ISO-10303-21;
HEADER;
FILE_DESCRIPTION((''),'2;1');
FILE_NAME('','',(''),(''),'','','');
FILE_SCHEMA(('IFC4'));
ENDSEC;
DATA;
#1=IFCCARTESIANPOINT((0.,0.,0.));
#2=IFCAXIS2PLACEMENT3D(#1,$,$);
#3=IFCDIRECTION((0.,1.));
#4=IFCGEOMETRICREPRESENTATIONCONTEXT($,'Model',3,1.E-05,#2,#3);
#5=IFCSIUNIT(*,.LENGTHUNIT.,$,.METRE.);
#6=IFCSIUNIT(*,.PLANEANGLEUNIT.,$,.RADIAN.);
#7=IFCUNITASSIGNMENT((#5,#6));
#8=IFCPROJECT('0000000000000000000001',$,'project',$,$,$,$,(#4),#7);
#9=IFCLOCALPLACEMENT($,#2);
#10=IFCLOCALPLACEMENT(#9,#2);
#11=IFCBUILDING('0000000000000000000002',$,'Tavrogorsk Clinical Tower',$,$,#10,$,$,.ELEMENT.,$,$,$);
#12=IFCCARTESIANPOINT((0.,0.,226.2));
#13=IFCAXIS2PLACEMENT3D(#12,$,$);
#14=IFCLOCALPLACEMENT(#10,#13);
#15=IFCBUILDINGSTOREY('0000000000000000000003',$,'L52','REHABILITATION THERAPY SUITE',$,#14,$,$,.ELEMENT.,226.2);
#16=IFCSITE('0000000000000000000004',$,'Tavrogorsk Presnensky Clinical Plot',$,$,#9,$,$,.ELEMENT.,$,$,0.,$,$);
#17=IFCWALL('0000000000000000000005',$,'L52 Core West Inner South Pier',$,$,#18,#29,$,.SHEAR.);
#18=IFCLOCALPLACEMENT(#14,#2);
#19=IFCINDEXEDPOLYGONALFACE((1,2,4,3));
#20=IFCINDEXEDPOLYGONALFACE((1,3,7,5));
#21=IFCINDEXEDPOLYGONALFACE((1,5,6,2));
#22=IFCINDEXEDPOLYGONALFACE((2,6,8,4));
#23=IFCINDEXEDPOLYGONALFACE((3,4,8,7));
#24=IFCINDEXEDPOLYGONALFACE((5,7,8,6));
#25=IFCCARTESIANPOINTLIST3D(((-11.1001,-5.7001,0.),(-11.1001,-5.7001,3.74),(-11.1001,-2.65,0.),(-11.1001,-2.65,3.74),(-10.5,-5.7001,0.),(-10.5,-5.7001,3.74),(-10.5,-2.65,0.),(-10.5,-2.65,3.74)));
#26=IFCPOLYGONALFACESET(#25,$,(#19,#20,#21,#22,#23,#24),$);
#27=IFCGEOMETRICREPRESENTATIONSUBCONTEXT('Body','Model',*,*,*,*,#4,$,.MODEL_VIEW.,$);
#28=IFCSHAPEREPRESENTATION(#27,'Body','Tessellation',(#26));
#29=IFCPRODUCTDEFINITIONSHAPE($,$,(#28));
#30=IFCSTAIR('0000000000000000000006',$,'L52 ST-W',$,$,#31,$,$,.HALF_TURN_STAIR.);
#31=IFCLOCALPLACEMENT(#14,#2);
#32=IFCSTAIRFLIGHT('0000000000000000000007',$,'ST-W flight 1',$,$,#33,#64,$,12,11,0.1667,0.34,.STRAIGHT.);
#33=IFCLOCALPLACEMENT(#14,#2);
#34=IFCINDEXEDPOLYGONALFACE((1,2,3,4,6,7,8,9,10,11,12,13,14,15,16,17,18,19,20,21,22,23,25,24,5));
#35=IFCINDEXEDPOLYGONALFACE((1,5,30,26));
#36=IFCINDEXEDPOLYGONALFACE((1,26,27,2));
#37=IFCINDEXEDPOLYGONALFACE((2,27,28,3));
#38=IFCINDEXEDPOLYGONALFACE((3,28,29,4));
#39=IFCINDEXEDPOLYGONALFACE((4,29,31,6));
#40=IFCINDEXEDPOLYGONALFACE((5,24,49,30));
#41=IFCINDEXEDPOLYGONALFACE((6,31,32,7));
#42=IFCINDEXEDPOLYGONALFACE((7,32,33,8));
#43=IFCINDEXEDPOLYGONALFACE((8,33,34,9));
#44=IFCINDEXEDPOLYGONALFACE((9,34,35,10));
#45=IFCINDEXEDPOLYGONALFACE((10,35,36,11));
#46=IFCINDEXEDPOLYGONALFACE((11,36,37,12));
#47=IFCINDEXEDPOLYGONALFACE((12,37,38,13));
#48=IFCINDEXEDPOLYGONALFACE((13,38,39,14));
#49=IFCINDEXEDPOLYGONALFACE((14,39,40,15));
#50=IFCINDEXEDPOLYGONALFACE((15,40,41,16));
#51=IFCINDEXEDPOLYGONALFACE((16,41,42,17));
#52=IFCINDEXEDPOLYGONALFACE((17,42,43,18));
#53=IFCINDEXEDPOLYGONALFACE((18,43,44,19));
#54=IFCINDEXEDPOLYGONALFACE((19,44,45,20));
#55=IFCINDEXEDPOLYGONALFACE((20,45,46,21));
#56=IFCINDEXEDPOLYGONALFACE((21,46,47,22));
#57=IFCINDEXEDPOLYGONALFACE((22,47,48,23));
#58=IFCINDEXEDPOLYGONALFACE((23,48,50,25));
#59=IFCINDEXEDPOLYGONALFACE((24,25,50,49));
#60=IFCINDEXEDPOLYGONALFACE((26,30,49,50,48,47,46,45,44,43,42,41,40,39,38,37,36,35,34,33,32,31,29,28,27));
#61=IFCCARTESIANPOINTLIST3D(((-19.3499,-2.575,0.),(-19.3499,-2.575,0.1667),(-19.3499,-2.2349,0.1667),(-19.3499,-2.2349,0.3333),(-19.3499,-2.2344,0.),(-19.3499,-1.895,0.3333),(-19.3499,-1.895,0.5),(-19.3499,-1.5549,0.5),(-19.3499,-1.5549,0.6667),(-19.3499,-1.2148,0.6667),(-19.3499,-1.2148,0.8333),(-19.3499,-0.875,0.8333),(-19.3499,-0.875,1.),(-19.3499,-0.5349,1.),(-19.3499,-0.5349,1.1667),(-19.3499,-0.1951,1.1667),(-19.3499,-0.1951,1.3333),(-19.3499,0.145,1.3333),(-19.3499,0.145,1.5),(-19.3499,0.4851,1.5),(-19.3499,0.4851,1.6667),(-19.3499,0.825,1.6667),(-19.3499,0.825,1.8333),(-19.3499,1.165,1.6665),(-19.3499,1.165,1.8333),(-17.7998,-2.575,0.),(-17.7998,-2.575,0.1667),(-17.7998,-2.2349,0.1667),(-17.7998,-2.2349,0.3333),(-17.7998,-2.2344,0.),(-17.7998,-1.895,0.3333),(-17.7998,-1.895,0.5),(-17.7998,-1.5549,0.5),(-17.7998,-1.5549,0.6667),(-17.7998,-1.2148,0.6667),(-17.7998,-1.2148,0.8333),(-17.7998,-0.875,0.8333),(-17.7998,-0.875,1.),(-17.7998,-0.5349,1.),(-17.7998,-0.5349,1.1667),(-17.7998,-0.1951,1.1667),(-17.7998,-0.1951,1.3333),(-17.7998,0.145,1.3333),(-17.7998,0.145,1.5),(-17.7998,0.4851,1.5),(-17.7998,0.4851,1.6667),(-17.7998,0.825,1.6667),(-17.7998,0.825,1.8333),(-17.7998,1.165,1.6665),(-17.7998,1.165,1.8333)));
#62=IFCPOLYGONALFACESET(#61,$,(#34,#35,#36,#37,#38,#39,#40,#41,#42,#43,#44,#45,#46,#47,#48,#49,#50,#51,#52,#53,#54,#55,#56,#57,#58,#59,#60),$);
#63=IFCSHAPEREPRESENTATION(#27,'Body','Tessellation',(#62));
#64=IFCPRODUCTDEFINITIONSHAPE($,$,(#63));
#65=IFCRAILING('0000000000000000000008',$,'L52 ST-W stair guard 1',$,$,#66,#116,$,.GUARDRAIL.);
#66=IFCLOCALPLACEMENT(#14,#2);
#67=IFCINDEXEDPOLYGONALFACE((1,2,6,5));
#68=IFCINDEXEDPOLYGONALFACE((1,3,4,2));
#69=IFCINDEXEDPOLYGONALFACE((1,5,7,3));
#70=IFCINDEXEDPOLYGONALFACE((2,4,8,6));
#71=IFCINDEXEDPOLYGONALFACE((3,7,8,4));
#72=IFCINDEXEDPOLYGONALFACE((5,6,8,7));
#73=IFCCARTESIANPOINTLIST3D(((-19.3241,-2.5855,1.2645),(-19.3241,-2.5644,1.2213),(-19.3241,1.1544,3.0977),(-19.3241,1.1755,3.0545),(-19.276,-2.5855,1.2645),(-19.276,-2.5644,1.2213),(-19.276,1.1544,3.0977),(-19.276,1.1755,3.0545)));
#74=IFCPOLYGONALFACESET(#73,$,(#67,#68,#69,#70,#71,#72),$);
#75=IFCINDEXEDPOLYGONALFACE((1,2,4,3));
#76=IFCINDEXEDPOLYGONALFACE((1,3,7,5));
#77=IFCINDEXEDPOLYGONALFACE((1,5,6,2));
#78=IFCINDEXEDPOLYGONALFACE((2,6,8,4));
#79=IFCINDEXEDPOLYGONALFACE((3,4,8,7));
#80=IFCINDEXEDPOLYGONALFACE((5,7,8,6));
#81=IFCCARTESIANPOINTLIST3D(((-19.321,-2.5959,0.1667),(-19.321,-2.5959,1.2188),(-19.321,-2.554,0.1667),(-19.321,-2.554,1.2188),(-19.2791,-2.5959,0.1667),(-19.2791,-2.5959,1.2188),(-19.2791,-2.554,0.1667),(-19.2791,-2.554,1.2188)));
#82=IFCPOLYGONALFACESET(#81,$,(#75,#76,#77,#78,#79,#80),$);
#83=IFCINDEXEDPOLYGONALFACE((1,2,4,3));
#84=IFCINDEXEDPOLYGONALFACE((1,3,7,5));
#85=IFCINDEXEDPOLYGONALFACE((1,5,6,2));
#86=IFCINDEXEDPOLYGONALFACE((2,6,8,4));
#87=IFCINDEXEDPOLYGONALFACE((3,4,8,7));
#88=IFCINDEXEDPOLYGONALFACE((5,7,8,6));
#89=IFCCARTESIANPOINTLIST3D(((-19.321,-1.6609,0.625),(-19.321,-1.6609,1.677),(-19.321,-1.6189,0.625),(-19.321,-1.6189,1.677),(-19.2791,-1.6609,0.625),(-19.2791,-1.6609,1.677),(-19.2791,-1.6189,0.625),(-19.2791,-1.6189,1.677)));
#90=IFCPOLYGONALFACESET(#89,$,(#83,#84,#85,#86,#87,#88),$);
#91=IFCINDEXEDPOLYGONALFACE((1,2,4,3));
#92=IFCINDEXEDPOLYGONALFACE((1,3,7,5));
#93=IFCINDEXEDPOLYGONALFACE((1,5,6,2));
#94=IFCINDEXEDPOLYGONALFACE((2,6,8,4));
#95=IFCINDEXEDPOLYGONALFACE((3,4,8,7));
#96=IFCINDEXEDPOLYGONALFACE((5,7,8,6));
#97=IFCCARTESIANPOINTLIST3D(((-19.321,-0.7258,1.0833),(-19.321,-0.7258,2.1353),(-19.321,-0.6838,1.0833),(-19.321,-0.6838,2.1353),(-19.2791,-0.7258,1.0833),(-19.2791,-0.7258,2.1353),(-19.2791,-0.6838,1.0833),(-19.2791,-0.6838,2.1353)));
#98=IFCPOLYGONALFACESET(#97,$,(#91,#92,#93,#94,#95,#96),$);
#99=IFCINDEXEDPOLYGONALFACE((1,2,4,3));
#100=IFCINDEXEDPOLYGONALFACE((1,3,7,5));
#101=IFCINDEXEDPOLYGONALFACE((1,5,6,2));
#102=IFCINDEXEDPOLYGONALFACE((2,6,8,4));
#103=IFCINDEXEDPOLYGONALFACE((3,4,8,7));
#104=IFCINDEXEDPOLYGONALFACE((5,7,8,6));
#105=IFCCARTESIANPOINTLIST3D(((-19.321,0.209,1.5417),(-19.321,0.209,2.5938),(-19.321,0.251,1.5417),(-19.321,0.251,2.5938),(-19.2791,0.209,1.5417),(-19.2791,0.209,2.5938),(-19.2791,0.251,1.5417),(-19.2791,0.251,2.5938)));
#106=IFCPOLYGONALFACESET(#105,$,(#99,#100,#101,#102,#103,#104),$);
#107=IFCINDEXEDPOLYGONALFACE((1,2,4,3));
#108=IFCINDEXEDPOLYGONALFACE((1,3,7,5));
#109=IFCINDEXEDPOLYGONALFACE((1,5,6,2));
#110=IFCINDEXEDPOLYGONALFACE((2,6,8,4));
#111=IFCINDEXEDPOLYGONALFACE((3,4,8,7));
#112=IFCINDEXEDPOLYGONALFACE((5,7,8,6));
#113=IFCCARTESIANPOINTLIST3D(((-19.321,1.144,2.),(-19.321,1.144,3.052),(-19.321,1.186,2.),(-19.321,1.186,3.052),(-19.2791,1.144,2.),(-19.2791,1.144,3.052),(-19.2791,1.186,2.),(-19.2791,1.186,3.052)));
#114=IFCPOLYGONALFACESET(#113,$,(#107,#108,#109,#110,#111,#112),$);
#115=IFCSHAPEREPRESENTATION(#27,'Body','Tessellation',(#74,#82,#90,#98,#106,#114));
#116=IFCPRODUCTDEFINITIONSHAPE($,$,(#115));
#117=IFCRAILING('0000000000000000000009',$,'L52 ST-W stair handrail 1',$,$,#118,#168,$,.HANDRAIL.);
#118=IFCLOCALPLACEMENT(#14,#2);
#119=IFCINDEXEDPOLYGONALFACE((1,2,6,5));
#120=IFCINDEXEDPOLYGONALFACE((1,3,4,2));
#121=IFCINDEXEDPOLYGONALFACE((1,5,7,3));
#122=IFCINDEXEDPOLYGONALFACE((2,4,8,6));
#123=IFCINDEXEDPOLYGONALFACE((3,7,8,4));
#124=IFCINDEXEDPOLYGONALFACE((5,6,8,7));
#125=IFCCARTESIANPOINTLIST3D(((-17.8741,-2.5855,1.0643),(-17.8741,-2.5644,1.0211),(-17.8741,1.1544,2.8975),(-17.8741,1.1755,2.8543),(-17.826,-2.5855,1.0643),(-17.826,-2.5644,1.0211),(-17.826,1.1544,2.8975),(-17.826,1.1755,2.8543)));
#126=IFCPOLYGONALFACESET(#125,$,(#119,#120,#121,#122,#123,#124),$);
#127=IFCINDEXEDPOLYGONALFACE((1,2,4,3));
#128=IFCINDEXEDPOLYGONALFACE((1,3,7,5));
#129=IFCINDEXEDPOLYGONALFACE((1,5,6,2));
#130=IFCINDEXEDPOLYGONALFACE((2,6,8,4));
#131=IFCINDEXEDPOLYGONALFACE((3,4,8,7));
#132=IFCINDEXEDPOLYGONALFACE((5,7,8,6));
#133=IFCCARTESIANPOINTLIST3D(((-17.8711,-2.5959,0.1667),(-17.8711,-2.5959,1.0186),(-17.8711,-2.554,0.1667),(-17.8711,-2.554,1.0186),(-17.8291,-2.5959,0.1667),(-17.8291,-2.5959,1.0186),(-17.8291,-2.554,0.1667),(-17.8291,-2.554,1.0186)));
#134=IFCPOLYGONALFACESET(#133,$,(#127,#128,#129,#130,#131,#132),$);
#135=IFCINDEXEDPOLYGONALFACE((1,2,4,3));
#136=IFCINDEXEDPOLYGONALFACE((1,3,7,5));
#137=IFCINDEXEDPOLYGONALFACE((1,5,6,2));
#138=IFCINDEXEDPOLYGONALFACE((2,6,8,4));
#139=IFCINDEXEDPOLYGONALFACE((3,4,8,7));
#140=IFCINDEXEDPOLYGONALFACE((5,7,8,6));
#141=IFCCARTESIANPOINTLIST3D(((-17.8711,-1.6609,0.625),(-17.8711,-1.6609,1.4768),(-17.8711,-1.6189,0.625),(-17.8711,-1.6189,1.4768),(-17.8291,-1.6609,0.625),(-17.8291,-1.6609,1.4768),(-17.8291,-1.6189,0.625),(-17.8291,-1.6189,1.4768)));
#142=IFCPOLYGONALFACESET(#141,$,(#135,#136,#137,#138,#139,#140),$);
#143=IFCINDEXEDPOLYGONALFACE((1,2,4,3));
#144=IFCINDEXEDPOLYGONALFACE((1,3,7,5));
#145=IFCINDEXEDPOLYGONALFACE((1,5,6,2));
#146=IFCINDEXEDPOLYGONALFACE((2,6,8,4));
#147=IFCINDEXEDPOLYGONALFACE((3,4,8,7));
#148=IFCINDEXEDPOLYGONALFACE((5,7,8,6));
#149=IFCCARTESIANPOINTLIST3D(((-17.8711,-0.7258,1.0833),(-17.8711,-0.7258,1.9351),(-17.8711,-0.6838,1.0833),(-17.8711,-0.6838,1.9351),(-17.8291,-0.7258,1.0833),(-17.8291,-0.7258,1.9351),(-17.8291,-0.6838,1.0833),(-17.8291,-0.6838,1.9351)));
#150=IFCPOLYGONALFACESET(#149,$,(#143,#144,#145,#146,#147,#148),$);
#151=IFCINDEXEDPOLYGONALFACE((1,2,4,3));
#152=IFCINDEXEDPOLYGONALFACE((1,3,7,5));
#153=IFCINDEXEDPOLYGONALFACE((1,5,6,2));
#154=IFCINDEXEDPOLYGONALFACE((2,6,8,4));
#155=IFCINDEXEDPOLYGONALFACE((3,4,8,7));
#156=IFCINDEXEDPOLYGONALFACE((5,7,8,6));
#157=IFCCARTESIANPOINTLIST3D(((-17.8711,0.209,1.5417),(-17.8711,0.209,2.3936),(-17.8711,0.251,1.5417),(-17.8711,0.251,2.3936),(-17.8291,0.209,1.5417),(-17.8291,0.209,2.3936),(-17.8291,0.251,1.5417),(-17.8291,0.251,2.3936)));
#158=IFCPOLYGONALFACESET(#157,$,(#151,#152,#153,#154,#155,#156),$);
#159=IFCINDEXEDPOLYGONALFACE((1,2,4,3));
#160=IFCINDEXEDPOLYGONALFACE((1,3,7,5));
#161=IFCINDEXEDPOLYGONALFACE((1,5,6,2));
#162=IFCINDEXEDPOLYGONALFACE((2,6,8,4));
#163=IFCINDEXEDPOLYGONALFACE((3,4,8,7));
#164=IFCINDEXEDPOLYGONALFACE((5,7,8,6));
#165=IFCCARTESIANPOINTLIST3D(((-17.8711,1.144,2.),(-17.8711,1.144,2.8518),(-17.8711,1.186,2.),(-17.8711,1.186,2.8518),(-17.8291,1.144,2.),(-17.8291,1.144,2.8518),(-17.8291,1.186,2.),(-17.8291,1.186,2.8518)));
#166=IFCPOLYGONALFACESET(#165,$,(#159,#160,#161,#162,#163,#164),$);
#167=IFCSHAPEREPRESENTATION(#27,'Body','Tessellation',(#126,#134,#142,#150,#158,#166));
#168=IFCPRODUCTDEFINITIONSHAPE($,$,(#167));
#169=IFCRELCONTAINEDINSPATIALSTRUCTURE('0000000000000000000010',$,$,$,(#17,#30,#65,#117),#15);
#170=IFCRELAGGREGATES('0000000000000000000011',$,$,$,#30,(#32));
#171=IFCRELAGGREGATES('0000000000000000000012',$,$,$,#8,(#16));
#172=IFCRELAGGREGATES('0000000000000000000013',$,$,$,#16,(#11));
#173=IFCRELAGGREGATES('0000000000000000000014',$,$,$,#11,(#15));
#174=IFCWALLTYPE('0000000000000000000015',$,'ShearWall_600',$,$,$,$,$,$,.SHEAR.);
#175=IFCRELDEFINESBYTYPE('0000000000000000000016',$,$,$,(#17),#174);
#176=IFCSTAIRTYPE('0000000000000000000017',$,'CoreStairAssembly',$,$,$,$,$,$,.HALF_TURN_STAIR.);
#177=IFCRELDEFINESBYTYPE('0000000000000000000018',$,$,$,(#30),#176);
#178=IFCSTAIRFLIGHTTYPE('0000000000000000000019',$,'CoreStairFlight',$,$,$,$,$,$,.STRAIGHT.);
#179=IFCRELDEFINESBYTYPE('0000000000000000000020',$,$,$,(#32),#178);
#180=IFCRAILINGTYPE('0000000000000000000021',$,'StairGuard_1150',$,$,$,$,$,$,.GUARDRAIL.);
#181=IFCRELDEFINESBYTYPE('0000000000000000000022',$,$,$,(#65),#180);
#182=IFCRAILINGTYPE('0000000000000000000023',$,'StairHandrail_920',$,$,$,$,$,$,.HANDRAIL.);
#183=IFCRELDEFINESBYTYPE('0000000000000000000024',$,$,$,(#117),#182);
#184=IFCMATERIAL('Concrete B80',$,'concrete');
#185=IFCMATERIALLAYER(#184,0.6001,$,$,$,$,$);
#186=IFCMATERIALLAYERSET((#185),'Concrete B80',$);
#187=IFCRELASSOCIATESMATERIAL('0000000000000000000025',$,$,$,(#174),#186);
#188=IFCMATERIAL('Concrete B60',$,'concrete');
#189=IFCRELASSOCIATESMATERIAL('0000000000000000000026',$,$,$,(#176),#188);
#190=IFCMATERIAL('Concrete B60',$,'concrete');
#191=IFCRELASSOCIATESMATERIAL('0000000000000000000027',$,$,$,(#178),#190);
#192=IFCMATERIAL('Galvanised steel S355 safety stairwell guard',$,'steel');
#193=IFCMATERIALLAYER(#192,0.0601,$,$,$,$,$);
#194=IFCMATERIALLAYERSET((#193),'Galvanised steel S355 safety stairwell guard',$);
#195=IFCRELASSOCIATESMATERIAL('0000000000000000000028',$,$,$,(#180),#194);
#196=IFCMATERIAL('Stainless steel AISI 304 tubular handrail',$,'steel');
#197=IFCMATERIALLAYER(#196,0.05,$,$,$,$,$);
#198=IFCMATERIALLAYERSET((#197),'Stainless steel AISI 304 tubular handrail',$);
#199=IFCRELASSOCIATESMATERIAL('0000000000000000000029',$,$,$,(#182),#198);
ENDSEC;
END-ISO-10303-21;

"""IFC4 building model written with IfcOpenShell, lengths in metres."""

from ifc_helpers import new_model, si_unit, direction, frame, frame_2d, origin, origin_2d, place, context, subcontext, project, spatial, polyline, rectangle, outline, extrude, material, layer, layer_set, type_object, element, aggregate, save


model = new_model("IFC4")

# Units and contexts
model_context = context("Model", 3, precision=1e-05, world=origin(), true_north=direction((0.0, 1.0)))
body_context = subcontext(model_context, "Body", "Model", "MODEL_VIEW")
ifc_project = project(units=[si_unit("LENGTHUNIT", "METRE"), si_unit("PLANEANGLEUNIT", "RADIAN")], contexts=[model_context])

# Site, building, storey
site_placement = place(None, origin())
site = spatial("IfcSite", under=ifc_project, at=site_placement, Name="Tavrogorsk Presnensky Clinical Plot", CompositionType="ELEMENT", RefElevation=0.0)
building_placement = place(site_placement, origin())
building = spatial("IfcBuilding", under=site, at=building_placement, Name="Tavrogorsk Clinical Tower", CompositionType="ELEMENT")
storey_placement = place(building_placement, frame((0.0, 0.0, 226.2)))
storey = spatial("IfcBuildingStorey", under=building, at=storey_placement, Name="L52", Description="REHABILITATION THERAPY SUITE", CompositionType="ELEMENT", Elevation=226.2)

# Wall
ifc_material_1 = material(Name="Concrete B80", Category="concrete")
ifc_layer_1 = layer(ifc_material_1, 0.6001)
ifc_layer_set_1 = layer_set([ifc_layer_1], Name="Concrete B80")
wall_type_1 = type_object("IfcWallType", Name="ShearWall_600", PredefinedType="SHEAR", material=ifc_layer_set_1)
wall_1_placement = place(storey_placement, frame((-10.8, -5.7, 0.0), z_axis=(0.0, 0.0, 1.0), x_axis=(0.0, 1.0, 0.0)))
element("IfcWall", 1, at=wall_1_placement, inside=storey, type_object=wall_type_1, Name="L52 Core West Inner South Pier", PredefinedType="SHEAR", context=body_context, shape_type="SweptSolid", body=[
    extrude(rectangle(XDim=3.05, YDim=0.6001, at=frame_2d((1.5249, 0.0))), origin(), (0.0, 0.0, 1.0), 3.74),
])

# Stair, stair flight
ifc_material_2 = material(Name="Concrete B60", Category="concrete")
stair_type = type_object("IfcStairType", Name="CoreStairAssembly", PredefinedType="HALF_TURN_STAIR", material=ifc_material_2)
stair_placement = place(storey_placement, origin())
stair = element("IfcStair", 2, at=stair_placement, inside=storey, type_object=stair_type, Name="L52 ST-W", PredefinedType="HALF_TURN_STAIR")
ifc_material_3 = material(Name="Concrete B60", Category="concrete")
stair_flight_type = type_object("IfcStairFlightType", Name="CoreStairFlight", PredefinedType="STRAIGHT", material=ifc_material_3)
stair_flight_placement = place(storey_placement, frame((-18.575, -2.575, 0.0), z_axis=(0.0, 0.0, 1.0), x_axis=(0.0, 1.0, 0.0)))
stair_flight = element("IfcStairFlight", 3, at=stair_flight_placement, type_object=stair_flight_type, Name="ST-W flight 1", NumberOfRisers=12, NumberOfTreads=11, PredefinedType="STRAIGHT", RiserHeight=0.1667, TreadLength=0.34, context=body_context, shape_type="SweptSolid", body=[
    extrude(outline(polyline([(0.0, 0.0), (0.0, 0.1667), (0.3401, 0.1667), (0.3401, 0.3333), (0.6799, 0.3333), (0.6799, 0.5), (1.02, 0.5), (1.02, 0.6667), (1.3601, 0.6667), (1.3601, 0.8333), (1.7, 0.8333), (1.7, 1.0), (2.04, 1.0), (2.04, 1.1667), (2.3799, 1.1667), (2.3799, 1.3333), (2.72, 1.3333), (2.72, 1.5), (3.0601, 1.5), (3.0601, 1.6667), (3.3999, 1.6667), (3.3999, 1.8333), (3.74, 1.8333), (3.74, 2.0), (3.74, 1.6665), (0.3406, 0.0), (0.0, 0.0)])), frame((0.0, 0.7749, 0.0), z_axis=(0.0, -1.0, 0.0), x_axis=(1.0, 0.0, 0.0)), (0.0, 0.0, 1.0), 1.55),
])
aggregate(stair, [stair_flight])

# Railings
ifc_material_4 = material(Name="Galvanised steel S355 safety stairwell guard", Category="steel")
ifc_layer_2 = layer(ifc_material_4, 0.0601)
ifc_layer_set_2 = layer_set([ifc_layer_2], Name="Galvanised steel S355 safety stairwell guard")
railing_type_1 = type_object("IfcRailingType", Name="StairGuard_1150", PredefinedType="GUARDRAIL", material=ifc_layer_set_2)
railing_1_placement = place(storey_placement, frame((-19.3, -2.575, 0.1667)))
element("IfcRailing", 4, at=railing_1_placement, inside=storey, type_object=railing_type_1, Name="L52 ST-W stair guard 1", PredefinedType="GUARDRAIL", context=body_context, shape_type="SweptSolid", body=[
    extrude(rectangle(XDim=0.0481, YDim=0.0481, at=origin_2d()), frame((0.0, 0.0, 1.0762), z_axis=(0.0, 0.897928, 0.440142), x_axis=(-1.0, 0.0, 0.0)), (0.0, 0.0, 1.0), 4.165),
    extrude(rectangle(XDim=0.042, YDim=0.042, at=origin_2d()), origin(), (0.0, 0.0, 1.0), 1.052),
    extrude(rectangle(XDim=0.042, YDim=0.042, at=origin_2d()), frame((0.0, 0.9351, 0.4583)), (0.0, 0.0, 1.0), 1.052),
    extrude(rectangle(XDim=0.042, YDim=0.042, at=origin_2d()), frame((0.0, 1.8701, 0.9165)), (0.0, 0.0, 1.0), 1.052),
    extrude(rectangle(XDim=0.042, YDim=0.042, at=origin_2d()), frame((0.0, 2.8049, 1.375)), (0.0, 0.0, 1.0), 1.052),
    extrude(rectangle(XDim=0.042, YDim=0.042, at=origin_2d()), frame((0.0, 3.74, 1.8333)), (0.0, 0.0, 1.0), 1.052),
])
ifc_material_5 = material(Name="Stainless steel AISI 304 tubular handrail", Category="steel")
ifc_layer_3 = layer(ifc_material_5, 0.05)
ifc_layer_set_3 = layer_set([ifc_layer_3], Name="Stainless steel AISI 304 tubular handrail")
railing_type_2 = type_object("IfcRailingType", Name="StairHandrail_920", PredefinedType="HANDRAIL", material=ifc_layer_set_3)
railing_2_placement = place(storey_placement, frame((-17.8501, -2.575, 0.1667)))
element("IfcRailing", 5, at=railing_2_placement, inside=storey, type_object=railing_type_2, Name="L52 ST-W stair handrail 1", PredefinedType="HANDRAIL", context=body_context, shape_type="SweptSolid", body=[
    extrude(rectangle(XDim=0.0481, YDim=0.0481, at=origin_2d()), frame((0.0, 0.0, 0.876), z_axis=(0.0, 0.897928, 0.440142), x_axis=(-1.0, 0.0, 0.0)), (0.0, 0.0, 1.0), 4.165),
    extrude(rectangle(XDim=0.042, YDim=0.042, at=origin_2d()), origin(), (0.0, 0.0, 1.0), 0.8518),
    extrude(rectangle(XDim=0.042, YDim=0.042, at=origin_2d()), frame((0.0, 0.9351, 0.4583)), (0.0, 0.0, 1.0), 0.8518),
    extrude(rectangle(XDim=0.042, YDim=0.042, at=origin_2d()), frame((0.0, 1.8701, 0.9165)), (0.0, 0.0, 1.0), 0.8518),
    extrude(rectangle(XDim=0.042, YDim=0.042, at=origin_2d()), frame((0.0, 2.8049, 1.375)), (0.0, 0.0, 1.0), 0.8518),
    extrude(rectangle(XDim=0.042, YDim=0.042, at=origin_2d()), frame((0.0, 3.74, 1.8333)), (0.0, 0.0, 1.0), 0.8518),
])

save(model, "model.ifc")
